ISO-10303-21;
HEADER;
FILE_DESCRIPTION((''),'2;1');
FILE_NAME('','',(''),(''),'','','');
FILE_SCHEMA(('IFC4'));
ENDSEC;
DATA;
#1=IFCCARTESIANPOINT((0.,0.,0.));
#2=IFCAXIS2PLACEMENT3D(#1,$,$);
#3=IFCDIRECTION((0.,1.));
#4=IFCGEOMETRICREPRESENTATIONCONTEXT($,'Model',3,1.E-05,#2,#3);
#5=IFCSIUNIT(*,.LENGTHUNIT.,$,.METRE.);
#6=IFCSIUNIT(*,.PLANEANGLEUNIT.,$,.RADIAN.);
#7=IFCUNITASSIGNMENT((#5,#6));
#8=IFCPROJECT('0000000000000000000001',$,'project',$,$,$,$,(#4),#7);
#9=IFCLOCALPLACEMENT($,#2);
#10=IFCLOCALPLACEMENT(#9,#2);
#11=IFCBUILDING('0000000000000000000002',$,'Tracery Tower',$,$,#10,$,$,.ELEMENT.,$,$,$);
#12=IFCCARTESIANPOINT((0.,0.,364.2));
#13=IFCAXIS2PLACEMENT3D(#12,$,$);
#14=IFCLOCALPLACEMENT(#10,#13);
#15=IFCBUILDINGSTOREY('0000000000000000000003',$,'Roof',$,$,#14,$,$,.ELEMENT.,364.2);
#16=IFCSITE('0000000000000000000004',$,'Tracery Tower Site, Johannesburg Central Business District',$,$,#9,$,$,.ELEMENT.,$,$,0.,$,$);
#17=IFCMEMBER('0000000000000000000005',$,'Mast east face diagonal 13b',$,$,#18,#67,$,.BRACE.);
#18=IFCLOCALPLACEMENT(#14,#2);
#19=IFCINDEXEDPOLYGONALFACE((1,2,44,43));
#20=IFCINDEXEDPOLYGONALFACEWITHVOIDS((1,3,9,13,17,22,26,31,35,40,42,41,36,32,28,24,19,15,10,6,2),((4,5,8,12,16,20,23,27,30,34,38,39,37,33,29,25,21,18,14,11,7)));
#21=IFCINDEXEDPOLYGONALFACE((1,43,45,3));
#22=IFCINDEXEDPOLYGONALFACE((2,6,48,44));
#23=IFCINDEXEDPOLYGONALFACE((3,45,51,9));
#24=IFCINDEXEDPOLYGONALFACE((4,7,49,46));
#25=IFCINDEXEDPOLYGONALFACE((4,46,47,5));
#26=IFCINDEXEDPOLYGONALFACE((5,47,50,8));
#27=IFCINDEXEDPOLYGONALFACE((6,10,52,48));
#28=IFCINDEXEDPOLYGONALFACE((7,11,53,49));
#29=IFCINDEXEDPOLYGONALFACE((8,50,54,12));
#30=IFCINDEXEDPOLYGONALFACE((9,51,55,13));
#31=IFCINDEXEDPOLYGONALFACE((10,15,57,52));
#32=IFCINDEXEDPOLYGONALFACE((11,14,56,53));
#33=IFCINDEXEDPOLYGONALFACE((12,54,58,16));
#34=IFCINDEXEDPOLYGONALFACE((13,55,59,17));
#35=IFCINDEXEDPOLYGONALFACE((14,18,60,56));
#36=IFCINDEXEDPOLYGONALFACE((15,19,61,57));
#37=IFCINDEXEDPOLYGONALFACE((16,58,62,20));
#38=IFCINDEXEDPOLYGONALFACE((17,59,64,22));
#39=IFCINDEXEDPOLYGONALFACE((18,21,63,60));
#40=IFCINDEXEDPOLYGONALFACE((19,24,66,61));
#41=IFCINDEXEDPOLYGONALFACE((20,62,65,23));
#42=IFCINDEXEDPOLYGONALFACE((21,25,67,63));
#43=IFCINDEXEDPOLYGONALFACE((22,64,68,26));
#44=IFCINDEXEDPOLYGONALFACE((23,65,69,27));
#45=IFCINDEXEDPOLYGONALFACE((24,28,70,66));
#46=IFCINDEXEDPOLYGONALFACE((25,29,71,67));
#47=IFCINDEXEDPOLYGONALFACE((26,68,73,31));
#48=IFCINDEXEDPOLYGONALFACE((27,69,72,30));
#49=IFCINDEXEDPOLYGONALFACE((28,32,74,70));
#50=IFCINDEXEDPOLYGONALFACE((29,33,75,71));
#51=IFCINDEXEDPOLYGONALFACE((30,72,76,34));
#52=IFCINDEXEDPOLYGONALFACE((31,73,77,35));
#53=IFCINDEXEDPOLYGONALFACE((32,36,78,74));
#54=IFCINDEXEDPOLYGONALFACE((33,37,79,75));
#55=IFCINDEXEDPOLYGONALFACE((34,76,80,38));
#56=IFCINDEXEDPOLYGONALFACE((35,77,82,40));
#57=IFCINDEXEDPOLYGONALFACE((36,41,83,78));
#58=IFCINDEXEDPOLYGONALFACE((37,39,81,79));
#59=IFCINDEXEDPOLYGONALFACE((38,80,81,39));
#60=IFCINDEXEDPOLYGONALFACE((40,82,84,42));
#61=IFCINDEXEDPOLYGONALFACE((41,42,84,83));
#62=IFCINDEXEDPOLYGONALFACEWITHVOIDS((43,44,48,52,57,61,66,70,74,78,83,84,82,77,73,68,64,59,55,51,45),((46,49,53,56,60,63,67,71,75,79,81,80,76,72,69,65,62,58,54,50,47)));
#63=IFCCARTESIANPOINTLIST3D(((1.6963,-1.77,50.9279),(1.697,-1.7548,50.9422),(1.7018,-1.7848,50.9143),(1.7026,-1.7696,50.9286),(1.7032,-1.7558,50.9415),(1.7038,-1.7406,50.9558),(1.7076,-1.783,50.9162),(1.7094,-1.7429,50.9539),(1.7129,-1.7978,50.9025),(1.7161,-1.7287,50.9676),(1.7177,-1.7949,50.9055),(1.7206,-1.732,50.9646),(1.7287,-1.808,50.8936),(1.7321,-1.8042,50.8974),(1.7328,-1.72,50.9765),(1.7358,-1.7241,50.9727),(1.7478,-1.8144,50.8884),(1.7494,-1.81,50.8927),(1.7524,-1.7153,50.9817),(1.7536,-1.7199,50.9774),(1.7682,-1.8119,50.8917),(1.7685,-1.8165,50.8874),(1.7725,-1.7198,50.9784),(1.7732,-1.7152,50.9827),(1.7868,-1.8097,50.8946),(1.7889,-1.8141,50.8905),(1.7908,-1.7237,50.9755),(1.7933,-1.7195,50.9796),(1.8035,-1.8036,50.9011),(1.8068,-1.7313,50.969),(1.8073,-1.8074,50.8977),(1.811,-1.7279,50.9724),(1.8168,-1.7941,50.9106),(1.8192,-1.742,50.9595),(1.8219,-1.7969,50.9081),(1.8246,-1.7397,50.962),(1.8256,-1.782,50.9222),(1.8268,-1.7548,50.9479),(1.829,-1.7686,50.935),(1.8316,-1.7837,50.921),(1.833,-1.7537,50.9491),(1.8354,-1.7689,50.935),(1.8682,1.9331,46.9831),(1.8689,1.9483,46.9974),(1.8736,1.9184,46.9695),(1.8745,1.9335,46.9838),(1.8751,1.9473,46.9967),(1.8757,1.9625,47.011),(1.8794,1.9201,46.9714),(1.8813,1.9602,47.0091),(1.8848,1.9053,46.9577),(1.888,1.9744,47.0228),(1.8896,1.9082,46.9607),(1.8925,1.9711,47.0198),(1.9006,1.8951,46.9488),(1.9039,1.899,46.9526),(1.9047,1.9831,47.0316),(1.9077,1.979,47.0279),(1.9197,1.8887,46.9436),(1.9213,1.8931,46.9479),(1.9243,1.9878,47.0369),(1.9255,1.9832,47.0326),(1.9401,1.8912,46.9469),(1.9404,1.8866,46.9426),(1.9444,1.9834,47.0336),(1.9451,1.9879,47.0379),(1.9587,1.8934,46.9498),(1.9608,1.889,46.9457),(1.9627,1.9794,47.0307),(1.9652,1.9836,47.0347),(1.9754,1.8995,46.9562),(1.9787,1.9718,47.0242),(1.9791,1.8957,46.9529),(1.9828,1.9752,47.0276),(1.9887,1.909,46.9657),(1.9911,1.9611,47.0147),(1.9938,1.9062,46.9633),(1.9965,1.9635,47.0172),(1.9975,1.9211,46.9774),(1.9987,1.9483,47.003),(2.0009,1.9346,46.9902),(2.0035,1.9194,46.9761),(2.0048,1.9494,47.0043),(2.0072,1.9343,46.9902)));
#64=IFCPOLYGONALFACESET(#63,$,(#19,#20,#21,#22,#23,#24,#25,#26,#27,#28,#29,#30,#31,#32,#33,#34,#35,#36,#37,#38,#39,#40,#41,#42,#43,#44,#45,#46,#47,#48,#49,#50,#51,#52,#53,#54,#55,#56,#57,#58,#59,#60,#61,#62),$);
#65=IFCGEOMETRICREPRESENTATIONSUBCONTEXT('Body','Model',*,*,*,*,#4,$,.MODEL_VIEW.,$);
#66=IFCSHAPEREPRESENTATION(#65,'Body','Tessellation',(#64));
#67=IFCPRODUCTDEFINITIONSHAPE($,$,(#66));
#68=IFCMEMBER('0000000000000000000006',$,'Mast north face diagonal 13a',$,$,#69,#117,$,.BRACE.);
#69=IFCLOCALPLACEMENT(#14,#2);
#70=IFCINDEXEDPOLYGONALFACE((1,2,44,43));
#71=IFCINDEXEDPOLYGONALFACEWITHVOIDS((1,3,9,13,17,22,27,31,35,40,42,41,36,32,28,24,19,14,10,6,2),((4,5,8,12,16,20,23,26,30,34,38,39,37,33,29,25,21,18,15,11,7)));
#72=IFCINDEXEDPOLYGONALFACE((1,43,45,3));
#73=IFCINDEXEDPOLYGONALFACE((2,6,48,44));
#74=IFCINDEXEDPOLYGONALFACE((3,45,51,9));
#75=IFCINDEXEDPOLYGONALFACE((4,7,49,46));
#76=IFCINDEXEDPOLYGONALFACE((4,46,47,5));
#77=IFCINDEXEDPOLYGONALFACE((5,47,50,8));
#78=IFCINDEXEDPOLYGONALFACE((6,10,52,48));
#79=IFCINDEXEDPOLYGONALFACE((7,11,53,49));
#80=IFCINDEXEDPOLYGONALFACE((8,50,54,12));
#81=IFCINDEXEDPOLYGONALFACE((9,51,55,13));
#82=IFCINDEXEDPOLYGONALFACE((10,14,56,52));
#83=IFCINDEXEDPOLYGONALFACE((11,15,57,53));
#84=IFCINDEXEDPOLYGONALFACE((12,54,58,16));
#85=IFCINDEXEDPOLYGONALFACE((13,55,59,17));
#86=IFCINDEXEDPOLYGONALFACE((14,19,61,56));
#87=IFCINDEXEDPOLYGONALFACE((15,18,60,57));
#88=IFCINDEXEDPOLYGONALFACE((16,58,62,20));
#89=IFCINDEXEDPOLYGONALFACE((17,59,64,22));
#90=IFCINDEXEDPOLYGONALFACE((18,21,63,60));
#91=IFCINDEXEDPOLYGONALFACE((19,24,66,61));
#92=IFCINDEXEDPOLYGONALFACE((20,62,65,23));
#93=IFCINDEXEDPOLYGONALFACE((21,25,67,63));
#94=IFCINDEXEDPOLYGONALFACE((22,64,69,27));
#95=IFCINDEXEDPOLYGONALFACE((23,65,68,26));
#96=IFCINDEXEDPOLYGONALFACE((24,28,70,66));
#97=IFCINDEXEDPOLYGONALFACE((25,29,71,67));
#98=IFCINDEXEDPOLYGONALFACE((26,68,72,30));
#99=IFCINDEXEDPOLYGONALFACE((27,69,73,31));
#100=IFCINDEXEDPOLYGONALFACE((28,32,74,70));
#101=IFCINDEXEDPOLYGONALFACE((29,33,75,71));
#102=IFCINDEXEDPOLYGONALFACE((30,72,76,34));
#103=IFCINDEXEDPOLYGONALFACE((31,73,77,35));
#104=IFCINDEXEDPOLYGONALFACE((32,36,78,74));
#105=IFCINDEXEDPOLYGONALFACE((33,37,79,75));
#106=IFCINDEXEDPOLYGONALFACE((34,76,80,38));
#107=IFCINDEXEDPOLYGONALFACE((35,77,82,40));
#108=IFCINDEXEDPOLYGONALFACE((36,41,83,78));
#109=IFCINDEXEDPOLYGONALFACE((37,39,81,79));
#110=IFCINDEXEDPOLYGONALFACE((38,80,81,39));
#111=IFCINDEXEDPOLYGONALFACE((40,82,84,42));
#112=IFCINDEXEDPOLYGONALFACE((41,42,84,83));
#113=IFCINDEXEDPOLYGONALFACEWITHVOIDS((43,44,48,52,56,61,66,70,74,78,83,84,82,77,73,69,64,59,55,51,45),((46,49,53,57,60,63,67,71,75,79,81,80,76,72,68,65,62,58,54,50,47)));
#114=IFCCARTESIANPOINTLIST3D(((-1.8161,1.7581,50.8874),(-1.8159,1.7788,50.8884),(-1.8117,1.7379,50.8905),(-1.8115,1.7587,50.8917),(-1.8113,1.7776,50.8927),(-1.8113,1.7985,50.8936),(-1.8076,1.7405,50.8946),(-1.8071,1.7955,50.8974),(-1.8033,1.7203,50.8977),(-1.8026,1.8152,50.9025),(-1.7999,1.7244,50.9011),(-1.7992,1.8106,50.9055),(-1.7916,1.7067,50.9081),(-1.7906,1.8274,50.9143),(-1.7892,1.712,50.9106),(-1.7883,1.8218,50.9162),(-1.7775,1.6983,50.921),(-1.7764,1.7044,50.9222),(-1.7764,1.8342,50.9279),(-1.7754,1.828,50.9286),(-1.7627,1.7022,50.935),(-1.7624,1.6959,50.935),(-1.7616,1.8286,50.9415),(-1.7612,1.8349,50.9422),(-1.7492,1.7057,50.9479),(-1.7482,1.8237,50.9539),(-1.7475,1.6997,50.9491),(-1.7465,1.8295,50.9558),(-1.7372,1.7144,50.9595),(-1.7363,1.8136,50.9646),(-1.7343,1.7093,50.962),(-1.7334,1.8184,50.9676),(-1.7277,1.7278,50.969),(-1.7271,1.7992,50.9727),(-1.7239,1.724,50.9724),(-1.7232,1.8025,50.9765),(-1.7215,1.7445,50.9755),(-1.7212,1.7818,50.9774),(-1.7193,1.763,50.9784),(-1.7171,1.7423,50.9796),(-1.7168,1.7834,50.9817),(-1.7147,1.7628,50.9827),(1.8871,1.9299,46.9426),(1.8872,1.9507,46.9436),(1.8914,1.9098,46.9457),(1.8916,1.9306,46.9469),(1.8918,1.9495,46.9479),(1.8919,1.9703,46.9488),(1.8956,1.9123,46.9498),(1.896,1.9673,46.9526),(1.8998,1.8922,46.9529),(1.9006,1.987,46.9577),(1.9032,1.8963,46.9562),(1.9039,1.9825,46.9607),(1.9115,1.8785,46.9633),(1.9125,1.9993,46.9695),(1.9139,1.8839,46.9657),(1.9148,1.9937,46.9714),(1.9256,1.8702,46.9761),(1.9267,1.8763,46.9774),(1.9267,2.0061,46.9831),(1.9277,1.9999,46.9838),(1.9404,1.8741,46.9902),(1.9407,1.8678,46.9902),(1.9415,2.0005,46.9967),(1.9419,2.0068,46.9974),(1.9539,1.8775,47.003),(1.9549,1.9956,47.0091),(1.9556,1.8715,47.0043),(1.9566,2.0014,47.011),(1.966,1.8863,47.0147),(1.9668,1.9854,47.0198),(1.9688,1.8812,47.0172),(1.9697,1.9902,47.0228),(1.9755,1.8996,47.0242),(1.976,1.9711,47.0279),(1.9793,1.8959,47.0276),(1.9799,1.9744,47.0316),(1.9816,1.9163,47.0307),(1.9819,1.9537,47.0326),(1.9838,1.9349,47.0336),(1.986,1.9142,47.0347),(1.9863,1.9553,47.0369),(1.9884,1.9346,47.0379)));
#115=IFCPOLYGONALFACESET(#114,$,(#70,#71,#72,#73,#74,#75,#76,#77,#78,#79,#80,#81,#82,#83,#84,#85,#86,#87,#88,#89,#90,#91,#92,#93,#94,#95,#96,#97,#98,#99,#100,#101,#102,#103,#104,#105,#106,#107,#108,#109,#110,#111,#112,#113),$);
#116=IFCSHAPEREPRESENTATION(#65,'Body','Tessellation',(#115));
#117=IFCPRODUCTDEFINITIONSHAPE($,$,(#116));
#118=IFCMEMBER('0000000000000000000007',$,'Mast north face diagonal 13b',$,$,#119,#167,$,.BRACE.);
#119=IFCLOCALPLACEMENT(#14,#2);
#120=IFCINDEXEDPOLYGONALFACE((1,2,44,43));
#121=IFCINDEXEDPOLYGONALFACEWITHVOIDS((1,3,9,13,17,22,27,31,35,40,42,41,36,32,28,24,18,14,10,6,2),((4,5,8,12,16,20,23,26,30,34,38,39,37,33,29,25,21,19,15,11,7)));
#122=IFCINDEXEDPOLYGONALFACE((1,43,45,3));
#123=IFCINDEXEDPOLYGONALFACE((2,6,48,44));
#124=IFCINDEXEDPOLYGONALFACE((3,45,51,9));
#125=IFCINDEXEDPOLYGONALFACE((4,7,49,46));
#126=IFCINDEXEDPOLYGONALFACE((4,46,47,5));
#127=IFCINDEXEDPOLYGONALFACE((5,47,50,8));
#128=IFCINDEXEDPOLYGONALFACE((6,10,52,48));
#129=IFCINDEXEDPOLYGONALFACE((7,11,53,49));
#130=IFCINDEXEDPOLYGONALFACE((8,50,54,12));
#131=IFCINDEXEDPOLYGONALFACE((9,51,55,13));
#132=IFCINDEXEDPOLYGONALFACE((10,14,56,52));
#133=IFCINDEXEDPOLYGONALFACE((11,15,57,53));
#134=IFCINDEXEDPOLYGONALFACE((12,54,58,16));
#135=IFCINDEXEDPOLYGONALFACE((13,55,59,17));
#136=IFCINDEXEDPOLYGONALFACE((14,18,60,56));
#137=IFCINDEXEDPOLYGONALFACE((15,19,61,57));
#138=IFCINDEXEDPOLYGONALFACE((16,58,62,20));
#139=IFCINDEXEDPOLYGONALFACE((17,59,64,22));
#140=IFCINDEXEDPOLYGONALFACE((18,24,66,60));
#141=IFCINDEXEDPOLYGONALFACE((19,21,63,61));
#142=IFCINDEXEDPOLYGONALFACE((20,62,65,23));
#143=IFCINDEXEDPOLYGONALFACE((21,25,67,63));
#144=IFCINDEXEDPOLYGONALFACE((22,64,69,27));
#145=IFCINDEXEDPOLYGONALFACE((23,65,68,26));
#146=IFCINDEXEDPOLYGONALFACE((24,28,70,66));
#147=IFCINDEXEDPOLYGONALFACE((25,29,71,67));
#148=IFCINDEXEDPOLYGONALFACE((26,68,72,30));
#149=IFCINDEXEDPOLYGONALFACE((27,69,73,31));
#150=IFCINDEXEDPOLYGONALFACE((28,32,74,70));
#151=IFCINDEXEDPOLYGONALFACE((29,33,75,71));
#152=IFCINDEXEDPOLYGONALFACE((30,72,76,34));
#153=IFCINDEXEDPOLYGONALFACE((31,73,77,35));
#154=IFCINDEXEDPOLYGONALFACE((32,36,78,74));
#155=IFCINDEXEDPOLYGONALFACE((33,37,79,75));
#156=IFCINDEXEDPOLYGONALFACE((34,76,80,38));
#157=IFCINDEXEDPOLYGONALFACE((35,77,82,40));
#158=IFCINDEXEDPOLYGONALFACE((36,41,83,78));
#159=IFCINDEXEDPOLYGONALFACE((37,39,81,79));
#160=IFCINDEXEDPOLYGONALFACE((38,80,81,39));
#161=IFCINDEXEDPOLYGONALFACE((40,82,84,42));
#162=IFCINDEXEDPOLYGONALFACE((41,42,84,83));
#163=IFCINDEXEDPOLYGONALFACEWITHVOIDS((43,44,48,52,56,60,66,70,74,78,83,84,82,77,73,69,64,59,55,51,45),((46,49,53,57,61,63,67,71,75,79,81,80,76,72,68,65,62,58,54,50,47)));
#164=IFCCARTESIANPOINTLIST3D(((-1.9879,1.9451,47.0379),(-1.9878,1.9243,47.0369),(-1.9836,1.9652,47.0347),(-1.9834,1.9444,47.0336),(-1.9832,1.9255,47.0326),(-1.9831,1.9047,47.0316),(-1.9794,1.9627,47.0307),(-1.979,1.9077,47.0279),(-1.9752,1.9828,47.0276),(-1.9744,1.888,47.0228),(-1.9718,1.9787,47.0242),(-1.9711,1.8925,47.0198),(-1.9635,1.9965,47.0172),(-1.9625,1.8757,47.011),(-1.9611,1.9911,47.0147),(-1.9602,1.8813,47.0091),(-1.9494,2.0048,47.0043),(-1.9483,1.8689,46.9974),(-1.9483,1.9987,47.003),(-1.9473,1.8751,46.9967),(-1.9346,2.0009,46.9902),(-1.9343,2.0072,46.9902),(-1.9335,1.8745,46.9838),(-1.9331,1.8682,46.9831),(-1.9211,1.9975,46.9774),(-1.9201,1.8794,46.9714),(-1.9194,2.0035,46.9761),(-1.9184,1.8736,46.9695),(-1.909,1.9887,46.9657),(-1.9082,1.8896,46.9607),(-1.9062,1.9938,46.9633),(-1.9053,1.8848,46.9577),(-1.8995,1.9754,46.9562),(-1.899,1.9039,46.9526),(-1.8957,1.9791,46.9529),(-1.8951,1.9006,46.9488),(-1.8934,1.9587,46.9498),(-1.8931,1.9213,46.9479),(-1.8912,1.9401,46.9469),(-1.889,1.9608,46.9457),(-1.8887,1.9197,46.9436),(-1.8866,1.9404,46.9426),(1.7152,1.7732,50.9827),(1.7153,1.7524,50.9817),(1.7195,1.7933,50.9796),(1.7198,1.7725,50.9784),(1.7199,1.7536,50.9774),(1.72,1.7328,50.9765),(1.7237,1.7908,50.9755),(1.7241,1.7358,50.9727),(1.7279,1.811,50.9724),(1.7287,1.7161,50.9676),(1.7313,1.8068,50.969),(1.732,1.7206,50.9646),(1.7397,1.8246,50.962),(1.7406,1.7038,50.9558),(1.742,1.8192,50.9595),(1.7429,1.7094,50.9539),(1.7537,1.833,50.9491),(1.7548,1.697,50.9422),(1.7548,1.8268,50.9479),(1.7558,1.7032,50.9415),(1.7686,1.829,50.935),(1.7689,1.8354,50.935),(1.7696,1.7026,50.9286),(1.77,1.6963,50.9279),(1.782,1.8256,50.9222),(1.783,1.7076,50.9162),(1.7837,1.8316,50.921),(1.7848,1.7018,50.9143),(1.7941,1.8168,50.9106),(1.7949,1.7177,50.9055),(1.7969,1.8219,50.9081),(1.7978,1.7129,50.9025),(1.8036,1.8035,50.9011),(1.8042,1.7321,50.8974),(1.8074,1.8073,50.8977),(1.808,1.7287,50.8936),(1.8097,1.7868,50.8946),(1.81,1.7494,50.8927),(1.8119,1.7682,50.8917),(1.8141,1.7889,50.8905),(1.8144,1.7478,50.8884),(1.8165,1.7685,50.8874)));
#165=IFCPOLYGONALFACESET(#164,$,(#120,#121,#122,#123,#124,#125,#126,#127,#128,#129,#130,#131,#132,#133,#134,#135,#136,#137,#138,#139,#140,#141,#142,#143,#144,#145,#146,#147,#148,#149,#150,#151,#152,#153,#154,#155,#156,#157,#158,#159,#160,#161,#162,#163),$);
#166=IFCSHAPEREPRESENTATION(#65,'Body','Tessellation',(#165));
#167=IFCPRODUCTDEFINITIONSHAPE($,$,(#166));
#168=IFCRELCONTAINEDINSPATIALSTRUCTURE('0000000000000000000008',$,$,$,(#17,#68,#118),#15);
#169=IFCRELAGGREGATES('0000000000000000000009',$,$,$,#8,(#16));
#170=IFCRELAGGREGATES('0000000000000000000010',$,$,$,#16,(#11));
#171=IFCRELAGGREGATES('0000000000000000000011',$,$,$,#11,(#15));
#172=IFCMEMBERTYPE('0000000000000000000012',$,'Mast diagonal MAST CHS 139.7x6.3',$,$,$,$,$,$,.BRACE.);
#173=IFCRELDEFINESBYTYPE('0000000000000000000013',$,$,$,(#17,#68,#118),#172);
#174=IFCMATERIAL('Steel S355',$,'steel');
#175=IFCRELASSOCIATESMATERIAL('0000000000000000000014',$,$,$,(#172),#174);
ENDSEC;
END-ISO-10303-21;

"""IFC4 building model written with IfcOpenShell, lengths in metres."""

from ifc_helpers import new_model, si_unit, direction, frame, origin, origin_2d, place, context, subcontext, project, spatial, hollow_circle, extrude, material, material_profile, profile_set, type_object, element, save


model = new_model("IFC4")

# Units and contexts
model_context = context("Model", 3, precision=1e-05, world=origin(), true_north=direction((0.0, 1.0)))
body_context = subcontext(model_context, "Body", "Model", "MODEL_VIEW")
ifc_project = project(units=[si_unit("LENGTHUNIT", "METRE"), si_unit("PLANEANGLEUNIT", "RADIAN")], contexts=[model_context])

# Site, building, storey
site_placement = place(None, origin())
site = spatial("IfcSite", under=ifc_project, at=site_placement, Name="Tracery Tower Site, Johannesburg Central Business District", CompositionType="ELEMENT", RefElevation=0.0)
building_placement = place(site_placement, origin())
building = spatial("IfcBuilding", under=site, at=building_placement, Name="Tracery Tower", CompositionType="ELEMENT")
storey_placement = place(building_placement, frame((0.0, 0.0, 364.2)))
storey = spatial("IfcBuildingStorey", under=building, at=storey_placement, Name="Roof", CompositionType="ELEMENT", Elevation=364.2)

# Members
ifc_material_1 = material(Name="Steel S355", Category="steel")
ifc_material_profile_1 = material_profile(ifc_material_1, hollow_circle(Radius=0.0698, WallThickness=0.0063, at=origin_2d()), Name="CHS 139.7x6.3")
ifc_profile_set_1 = profile_set([ifc_material_profile_1], Name="Steel S355")
member_type_1 = type_object("IfcMemberType", Name="Mast diagonal MAST CHS 139.7x6.3", PredefinedType="BRACE", material=ifc_profile_set_1)
for number, where, z_axis, x_axis, name in (
    (1, (1.9375, 1.9375, 46.9902), (-0.03175, -0.684073, 0.728722), (0.998925, -0.046364, 0.0), "Mast east face diagonal 13b"),
    (2, (1.9375, 1.9375, 46.9902), (-0.684073, -0.03175, 0.728722), (0.046364, -0.998925, 0.0), "Mast north face diagonal 13a"),
    (3, (-1.9375, 1.9375, 46.9902), (0.684073, -0.03175, 0.728722), (0.046364, 0.998925, 0.0), "Mast north face diagonal 13b"),
):
    element("IfcMember", number, at=place(storey_placement, frame(where, z_axis=z_axis, x_axis=x_axis)), inside=storey, type_object=member_type_1, Name=name, PredefinedType="BRACE", context=body_context, shape_type="SweptSolid", body=[
        extrude(hollow_circle(Radius=0.0698, WallThickness=0.0063, at=origin_2d()), origin(), (0.0, 0.0, 1.0), 5.4133),
    ])

save(model, "model.ifc")
